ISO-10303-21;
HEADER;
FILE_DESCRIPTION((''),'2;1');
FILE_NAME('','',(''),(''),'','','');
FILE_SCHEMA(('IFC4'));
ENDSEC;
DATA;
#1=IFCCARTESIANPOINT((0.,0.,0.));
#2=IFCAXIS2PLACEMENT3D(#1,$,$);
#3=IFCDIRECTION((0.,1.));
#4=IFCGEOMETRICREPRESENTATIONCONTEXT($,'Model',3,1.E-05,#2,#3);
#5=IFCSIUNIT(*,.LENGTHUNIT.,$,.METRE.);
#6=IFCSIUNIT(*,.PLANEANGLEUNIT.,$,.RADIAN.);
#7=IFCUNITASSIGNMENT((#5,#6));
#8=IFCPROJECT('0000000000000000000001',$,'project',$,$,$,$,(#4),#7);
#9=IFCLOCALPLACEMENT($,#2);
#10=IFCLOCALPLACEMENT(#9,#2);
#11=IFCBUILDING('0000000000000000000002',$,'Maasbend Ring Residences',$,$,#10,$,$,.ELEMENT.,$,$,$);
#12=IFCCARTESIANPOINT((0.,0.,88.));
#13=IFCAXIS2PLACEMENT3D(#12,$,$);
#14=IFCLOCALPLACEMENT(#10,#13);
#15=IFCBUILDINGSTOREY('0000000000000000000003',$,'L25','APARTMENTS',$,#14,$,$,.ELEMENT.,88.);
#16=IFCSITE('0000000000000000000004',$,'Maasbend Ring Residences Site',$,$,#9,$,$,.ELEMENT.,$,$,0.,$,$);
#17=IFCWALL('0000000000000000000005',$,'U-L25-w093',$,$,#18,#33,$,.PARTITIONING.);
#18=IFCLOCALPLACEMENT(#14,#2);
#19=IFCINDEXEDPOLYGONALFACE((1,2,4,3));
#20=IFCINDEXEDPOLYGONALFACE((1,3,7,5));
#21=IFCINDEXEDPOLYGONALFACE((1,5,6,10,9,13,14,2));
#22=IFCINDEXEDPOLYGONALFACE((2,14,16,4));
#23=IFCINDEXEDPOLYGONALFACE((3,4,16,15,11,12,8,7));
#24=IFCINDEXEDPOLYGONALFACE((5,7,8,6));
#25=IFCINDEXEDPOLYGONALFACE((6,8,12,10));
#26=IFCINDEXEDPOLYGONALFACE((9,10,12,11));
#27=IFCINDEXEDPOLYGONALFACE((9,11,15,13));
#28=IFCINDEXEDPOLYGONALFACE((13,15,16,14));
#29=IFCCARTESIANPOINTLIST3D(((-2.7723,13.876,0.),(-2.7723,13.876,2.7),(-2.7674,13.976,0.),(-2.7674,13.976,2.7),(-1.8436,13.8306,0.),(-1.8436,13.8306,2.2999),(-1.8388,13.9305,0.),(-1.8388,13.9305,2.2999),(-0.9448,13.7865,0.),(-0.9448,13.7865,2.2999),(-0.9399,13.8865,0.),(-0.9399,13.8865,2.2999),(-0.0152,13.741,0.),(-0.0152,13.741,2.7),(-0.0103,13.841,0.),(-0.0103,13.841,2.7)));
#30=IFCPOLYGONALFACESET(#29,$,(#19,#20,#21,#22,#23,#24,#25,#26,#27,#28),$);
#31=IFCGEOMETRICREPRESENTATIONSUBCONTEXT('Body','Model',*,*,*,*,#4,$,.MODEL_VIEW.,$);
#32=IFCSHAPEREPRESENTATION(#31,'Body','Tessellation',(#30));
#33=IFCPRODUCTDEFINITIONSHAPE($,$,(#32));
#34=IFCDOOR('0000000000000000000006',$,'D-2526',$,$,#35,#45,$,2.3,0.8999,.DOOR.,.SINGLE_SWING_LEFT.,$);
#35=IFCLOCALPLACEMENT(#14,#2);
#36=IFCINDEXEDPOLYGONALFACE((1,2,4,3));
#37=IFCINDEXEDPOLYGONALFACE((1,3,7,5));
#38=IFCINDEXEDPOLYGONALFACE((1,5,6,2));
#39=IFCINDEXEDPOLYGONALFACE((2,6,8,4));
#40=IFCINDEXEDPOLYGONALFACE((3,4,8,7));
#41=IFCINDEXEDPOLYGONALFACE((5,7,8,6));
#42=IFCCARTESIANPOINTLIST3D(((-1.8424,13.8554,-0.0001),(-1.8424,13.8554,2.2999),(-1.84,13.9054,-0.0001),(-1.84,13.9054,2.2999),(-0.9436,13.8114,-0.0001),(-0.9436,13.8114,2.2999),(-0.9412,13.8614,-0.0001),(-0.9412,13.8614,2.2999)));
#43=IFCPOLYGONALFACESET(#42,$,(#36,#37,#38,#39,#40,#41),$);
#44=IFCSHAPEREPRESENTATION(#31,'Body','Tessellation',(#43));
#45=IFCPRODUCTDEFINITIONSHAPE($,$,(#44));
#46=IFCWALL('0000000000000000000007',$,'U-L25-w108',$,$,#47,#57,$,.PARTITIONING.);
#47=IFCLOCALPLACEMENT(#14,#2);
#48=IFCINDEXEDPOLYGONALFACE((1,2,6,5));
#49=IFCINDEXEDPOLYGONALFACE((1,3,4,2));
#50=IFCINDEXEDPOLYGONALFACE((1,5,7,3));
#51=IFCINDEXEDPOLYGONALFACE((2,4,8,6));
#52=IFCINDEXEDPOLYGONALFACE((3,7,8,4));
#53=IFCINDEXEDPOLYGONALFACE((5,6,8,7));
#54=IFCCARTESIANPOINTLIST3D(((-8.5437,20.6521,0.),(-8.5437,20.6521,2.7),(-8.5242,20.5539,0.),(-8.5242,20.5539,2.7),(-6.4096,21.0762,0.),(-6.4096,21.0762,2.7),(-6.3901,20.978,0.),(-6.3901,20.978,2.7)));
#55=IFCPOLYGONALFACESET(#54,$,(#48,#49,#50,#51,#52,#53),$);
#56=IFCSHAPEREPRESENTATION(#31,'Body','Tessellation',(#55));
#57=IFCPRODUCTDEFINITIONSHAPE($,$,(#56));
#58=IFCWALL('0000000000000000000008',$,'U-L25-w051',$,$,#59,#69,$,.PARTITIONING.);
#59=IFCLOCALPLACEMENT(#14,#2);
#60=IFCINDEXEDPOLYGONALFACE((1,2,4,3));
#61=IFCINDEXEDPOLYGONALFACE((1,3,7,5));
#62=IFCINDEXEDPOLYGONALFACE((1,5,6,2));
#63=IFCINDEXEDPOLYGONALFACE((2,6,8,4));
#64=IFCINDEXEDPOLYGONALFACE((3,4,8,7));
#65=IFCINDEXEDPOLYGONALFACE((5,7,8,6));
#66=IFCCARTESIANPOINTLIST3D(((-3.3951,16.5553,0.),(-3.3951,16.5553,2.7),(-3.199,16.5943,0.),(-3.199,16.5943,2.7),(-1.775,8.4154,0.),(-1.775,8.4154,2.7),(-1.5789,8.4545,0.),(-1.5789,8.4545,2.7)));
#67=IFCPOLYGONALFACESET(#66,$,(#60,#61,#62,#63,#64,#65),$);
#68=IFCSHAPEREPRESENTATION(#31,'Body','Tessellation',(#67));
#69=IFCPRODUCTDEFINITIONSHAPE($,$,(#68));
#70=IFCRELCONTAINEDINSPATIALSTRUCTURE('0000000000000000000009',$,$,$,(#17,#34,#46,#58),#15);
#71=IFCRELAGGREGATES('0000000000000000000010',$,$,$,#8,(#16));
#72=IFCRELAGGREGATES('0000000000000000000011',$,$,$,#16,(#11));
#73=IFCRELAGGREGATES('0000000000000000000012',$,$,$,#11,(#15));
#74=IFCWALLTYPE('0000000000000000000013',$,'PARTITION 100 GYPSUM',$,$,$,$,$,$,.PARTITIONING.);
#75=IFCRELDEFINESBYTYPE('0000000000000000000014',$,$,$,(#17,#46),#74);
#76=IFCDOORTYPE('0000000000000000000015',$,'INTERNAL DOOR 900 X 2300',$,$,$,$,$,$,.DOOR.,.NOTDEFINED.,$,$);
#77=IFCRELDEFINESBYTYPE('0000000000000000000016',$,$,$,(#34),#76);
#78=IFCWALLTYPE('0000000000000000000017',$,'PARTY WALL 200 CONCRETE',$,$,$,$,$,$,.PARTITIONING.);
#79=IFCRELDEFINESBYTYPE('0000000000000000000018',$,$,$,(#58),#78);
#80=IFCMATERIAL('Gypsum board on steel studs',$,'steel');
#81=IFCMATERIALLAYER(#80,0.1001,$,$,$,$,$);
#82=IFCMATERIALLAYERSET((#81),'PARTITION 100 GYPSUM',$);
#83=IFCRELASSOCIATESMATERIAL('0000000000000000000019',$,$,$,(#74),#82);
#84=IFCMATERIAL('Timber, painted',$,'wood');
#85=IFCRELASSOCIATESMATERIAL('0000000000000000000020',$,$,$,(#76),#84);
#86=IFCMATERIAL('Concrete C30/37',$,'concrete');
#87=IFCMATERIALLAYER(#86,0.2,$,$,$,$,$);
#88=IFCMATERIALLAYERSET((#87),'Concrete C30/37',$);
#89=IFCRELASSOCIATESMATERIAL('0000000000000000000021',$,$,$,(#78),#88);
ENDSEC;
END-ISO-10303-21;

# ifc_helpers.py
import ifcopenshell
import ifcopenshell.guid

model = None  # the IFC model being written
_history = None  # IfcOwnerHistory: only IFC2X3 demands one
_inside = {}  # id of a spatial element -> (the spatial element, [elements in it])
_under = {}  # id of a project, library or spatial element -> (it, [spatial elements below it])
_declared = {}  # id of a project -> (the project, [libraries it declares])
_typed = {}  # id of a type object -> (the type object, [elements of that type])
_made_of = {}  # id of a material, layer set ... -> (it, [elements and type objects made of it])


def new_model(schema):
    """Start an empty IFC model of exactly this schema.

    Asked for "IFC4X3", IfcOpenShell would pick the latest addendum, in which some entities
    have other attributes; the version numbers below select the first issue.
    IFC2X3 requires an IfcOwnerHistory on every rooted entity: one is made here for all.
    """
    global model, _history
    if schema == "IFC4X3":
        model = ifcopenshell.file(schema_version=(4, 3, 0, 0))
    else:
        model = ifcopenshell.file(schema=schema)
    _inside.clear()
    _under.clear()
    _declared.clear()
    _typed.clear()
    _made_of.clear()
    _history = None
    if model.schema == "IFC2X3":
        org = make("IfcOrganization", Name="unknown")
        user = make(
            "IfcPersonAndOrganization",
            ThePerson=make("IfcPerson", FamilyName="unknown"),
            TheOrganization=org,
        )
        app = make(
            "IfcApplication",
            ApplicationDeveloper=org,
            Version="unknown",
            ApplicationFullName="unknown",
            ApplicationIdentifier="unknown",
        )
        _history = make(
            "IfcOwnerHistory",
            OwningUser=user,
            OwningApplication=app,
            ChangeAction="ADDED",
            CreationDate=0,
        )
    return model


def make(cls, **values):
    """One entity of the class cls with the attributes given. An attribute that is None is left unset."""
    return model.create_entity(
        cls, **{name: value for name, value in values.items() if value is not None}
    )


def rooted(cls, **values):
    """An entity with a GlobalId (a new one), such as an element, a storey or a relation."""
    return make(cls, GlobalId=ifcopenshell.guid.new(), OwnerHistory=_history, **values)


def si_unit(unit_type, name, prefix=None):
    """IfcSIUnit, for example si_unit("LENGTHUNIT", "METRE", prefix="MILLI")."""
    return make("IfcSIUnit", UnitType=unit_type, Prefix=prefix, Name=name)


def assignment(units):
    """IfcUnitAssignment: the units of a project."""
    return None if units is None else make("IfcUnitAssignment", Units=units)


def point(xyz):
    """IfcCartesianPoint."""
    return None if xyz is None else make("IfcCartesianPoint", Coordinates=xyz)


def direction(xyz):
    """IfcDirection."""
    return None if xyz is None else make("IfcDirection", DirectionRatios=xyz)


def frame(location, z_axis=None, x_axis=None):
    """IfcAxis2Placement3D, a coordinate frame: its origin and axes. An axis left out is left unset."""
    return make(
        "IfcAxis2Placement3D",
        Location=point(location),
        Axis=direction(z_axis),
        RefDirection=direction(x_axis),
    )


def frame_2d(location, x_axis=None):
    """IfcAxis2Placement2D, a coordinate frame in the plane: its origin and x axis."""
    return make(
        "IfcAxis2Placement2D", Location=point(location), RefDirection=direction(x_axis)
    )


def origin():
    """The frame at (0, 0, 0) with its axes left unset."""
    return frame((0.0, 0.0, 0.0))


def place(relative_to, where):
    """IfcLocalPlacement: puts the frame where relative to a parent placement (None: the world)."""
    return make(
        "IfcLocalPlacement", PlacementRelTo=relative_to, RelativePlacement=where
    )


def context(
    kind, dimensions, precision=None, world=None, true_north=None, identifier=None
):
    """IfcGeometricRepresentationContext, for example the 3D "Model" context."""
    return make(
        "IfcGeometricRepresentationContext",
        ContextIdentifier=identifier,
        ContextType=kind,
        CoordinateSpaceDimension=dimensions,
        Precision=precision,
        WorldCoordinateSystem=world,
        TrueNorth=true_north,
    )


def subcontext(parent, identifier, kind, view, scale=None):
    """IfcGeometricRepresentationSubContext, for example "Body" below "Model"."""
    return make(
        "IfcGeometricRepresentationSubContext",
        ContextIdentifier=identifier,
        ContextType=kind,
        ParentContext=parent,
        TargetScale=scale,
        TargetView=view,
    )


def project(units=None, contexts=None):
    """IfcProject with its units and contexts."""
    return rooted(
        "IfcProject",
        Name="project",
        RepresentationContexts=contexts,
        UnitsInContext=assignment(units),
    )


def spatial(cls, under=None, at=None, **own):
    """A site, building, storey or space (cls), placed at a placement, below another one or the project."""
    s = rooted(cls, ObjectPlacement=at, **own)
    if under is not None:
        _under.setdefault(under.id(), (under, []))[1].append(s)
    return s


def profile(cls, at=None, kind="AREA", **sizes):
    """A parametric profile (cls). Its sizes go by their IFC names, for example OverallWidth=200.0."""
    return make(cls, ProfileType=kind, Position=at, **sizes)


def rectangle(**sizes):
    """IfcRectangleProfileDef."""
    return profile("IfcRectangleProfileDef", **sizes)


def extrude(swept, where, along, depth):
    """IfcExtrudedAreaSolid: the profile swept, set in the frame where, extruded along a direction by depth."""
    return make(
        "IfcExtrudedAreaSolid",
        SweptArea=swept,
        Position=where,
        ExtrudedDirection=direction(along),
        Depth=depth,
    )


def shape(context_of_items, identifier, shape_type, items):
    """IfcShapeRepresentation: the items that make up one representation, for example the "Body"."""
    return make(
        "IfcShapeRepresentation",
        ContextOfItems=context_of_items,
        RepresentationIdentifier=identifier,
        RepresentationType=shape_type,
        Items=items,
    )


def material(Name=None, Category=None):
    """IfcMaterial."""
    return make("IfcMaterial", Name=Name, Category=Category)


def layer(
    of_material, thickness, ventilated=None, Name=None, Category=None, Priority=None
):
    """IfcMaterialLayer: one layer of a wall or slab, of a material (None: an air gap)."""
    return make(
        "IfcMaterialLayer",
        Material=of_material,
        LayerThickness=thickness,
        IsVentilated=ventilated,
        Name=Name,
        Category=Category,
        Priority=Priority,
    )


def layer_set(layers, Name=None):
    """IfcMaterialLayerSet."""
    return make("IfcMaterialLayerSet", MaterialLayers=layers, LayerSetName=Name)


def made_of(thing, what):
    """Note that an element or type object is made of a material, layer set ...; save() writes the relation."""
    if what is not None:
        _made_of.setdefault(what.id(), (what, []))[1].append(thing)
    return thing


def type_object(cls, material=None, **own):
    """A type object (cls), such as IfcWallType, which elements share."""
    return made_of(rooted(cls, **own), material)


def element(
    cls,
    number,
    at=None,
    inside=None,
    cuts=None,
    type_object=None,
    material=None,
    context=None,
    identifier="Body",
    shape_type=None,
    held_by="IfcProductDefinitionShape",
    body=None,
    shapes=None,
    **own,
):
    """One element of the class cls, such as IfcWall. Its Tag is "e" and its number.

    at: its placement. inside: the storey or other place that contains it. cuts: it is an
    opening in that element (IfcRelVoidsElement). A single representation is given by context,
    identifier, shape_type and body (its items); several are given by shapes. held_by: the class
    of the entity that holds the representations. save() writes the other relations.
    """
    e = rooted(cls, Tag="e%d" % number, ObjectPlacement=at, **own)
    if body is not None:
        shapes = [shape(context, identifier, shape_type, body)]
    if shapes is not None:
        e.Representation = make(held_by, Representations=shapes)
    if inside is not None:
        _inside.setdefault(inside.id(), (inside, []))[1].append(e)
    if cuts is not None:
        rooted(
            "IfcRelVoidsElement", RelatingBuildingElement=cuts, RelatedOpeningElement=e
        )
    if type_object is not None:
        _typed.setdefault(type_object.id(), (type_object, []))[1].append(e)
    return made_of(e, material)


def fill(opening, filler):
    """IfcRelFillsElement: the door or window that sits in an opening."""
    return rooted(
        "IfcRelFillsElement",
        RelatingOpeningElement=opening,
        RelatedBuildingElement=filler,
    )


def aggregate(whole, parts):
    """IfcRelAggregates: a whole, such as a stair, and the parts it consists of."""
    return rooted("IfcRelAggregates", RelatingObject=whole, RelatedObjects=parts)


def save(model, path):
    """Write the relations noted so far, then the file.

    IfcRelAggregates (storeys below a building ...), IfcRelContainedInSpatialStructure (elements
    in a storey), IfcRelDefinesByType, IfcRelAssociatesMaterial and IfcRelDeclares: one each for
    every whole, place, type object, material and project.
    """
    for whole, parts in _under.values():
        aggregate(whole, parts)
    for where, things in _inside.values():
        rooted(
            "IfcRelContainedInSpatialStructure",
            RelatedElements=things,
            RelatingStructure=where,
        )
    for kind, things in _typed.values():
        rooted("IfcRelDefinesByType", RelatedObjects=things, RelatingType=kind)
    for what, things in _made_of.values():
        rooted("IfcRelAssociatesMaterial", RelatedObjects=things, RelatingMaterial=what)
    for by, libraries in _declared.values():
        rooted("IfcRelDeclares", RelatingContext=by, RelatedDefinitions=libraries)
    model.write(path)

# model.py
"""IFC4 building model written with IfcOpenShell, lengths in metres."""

from ifc_helpers import new_model, si_unit, direction, frame, frame_2d, origin, place, context, subcontext, project, spatial, rectangle, extrude, material, layer, layer_set, type_object, element, fill, save


model = new_model("IFC4")

# Units and contexts
model_context = context("Model", 3, precision=1e-05, world=origin(), true_north=direction((0.0, 1.0)))
body_context = subcontext(model_context, "Body", "Model", "MODEL_VIEW")
ifc_project = project(units=[si_unit("LENGTHUNIT", "METRE"), si_unit("PLANEANGLEUNIT", "RADIAN")], contexts=[model_context])

# Site, building, storey
site_placement = place(None, origin())
site = spatial("IfcSite", under=ifc_project, at=site_placement, Name="Maasbend Ring Residences Site", CompositionType="ELEMENT", RefElevation=0.0)
building_placement = place(site_placement, origin())
building = spatial("IfcBuilding", under=site, at=building_placement, Name="Maasbend Ring Residences", CompositionType="ELEMENT")
storey_placement = place(building_placement, frame((0.0, 0.0, 88.0)))
storey = spatial("IfcBuildingStorey", under=building, at=storey_placement, Name="L25", Description="APARTMENTS", CompositionType="ELEMENT", Elevation=88.0)

# Shared definitions
ifc_material_1 = material(Name="Gypsum board on steel studs", Category="steel")
ifc_layer_1 = layer(ifc_material_1, 0.1001)
ifc_layer_set_1 = layer_set([ifc_layer_1], Name="PARTITION 100 GYPSUM")
wall_type_1 = type_object("IfcWallType", Name="PARTITION 100 GYPSUM", PredefinedType="PARTITIONING", material=ifc_layer_set_1)
ifc_material_2 = material(Name="Timber, painted", Category="wood")
door_type_1 = type_object("IfcDoorType", Name="INTERNAL DOOR 900 X 2300", OperationType="NOTDEFINED", PredefinedType="DOOR", material=ifc_material_2)

# Wall, opening, door
wall_1_placement = place(storey_placement, frame((-2.77, 13.926, 0.0), z_axis=(0.0, 0.0, 1.0), x_axis=(0.998803, -0.04891, 0.0)))
wall_1 = element("IfcWall", 1, at=wall_1_placement, inside=storey, type_object=wall_type_1, Name="U-L25-w093", PredefinedType="PARTITIONING", context=body_context, shape_type="SweptSolid", body=[
    extrude(rectangle(XDim=2.7605, YDim=0.1001, at=frame_2d((1.3804, 0.0))), origin(), (0.0, 0.0, 1.0), 2.7),
])
opening_1_placement = place(wall_1_placement, frame((0.9299, 0.0, 0.0)))
opening_1 = element("IfcOpeningElement", 2, at=opening_1_placement, cuts=wall_1, PredefinedType="OPENING", context=body_context, shape_type="SweptSolid", body=[
    extrude(rectangle(XDim=0.8999, YDim=2.3, at=frame_2d((0.45, 1.1499))), frame((0.0, 0.0601, 0.0), z_axis=(0.0, -1.0, 0.0), x_axis=(1.0, 0.0, 0.0)), (0.0, 0.0, 1.0), 0.1201),
])
door_1_placement = place(opening_1_placement, origin())
door_1 = element("IfcDoor", 3, at=door_1_placement, inside=storey, type_object=door_type_1, Name="D-2526", OperationType="SINGLE_SWING_LEFT", OverallHeight=2.3, OverallWidth=0.8999, PredefinedType="DOOR", context=body_context, shape_type="SweptSolid", body=[
    extrude(rectangle(XDim=0.8999, YDim=2.3, at=frame_2d((0.45, 1.1499))), frame((0.0, 0.0249, 0.0), z_axis=(0.0, -1.0, 0.0), x_axis=(1.0, 0.0, 0.0)), (0.0, 0.0, 1.0), 0.05),
])
fill(opening_1, door_1)

# Walls
wall_2_placement = place(storey_placement, frame((-8.5339, 20.603, 0.0), z_axis=(0.0, 0.0, 1.0), x_axis=(0.980822, 0.194908, 0.0)))
element("IfcWall", 4, at=wall_2_placement, inside=storey, type_object=wall_type_1, Name="U-L25-w108", PredefinedType="PARTITIONING", context=body_context, shape_type="SweptSolid", body=[
    extrude(rectangle(XDim=2.1758, YDim=0.1001, at=frame_2d((1.0879, 0.0))), origin(), (0.0, 0.0, 1.0), 2.7),
])
ifc_material_3 = material(Name="Concrete C30/37", Category="concrete")
ifc_layer_2 = layer(ifc_material_3, 0.2)
ifc_layer_set_2 = layer_set([ifc_layer_2], Name="Concrete C30/37")
wall_type_2 = type_object("IfcWallType", Name="PARTY WALL 200 CONCRETE", PredefinedType="PARTITIONING", material=ifc_layer_set_2)
wall_3_placement = place(storey_placement, frame((-3.2971, 16.575, 0.0), z_axis=(0.0, 0.0, 1.0), x_axis=(0.195205, -0.980762, 0.0)))
element("IfcWall", 5, at=wall_3_placement, inside=storey, type_object=wall_type_2, Name="U-L25-w051", PredefinedType="PARTITIONING", context=body_context, shape_type="SweptSolid", body=[
    extrude(rectangle(XDim=8.2996, YDim=0.2, at=frame_2d((4.1499, 0.0))), origin(), (0.0, 0.0, 1.0), 2.7),
])

save(model, "model.ifc")
